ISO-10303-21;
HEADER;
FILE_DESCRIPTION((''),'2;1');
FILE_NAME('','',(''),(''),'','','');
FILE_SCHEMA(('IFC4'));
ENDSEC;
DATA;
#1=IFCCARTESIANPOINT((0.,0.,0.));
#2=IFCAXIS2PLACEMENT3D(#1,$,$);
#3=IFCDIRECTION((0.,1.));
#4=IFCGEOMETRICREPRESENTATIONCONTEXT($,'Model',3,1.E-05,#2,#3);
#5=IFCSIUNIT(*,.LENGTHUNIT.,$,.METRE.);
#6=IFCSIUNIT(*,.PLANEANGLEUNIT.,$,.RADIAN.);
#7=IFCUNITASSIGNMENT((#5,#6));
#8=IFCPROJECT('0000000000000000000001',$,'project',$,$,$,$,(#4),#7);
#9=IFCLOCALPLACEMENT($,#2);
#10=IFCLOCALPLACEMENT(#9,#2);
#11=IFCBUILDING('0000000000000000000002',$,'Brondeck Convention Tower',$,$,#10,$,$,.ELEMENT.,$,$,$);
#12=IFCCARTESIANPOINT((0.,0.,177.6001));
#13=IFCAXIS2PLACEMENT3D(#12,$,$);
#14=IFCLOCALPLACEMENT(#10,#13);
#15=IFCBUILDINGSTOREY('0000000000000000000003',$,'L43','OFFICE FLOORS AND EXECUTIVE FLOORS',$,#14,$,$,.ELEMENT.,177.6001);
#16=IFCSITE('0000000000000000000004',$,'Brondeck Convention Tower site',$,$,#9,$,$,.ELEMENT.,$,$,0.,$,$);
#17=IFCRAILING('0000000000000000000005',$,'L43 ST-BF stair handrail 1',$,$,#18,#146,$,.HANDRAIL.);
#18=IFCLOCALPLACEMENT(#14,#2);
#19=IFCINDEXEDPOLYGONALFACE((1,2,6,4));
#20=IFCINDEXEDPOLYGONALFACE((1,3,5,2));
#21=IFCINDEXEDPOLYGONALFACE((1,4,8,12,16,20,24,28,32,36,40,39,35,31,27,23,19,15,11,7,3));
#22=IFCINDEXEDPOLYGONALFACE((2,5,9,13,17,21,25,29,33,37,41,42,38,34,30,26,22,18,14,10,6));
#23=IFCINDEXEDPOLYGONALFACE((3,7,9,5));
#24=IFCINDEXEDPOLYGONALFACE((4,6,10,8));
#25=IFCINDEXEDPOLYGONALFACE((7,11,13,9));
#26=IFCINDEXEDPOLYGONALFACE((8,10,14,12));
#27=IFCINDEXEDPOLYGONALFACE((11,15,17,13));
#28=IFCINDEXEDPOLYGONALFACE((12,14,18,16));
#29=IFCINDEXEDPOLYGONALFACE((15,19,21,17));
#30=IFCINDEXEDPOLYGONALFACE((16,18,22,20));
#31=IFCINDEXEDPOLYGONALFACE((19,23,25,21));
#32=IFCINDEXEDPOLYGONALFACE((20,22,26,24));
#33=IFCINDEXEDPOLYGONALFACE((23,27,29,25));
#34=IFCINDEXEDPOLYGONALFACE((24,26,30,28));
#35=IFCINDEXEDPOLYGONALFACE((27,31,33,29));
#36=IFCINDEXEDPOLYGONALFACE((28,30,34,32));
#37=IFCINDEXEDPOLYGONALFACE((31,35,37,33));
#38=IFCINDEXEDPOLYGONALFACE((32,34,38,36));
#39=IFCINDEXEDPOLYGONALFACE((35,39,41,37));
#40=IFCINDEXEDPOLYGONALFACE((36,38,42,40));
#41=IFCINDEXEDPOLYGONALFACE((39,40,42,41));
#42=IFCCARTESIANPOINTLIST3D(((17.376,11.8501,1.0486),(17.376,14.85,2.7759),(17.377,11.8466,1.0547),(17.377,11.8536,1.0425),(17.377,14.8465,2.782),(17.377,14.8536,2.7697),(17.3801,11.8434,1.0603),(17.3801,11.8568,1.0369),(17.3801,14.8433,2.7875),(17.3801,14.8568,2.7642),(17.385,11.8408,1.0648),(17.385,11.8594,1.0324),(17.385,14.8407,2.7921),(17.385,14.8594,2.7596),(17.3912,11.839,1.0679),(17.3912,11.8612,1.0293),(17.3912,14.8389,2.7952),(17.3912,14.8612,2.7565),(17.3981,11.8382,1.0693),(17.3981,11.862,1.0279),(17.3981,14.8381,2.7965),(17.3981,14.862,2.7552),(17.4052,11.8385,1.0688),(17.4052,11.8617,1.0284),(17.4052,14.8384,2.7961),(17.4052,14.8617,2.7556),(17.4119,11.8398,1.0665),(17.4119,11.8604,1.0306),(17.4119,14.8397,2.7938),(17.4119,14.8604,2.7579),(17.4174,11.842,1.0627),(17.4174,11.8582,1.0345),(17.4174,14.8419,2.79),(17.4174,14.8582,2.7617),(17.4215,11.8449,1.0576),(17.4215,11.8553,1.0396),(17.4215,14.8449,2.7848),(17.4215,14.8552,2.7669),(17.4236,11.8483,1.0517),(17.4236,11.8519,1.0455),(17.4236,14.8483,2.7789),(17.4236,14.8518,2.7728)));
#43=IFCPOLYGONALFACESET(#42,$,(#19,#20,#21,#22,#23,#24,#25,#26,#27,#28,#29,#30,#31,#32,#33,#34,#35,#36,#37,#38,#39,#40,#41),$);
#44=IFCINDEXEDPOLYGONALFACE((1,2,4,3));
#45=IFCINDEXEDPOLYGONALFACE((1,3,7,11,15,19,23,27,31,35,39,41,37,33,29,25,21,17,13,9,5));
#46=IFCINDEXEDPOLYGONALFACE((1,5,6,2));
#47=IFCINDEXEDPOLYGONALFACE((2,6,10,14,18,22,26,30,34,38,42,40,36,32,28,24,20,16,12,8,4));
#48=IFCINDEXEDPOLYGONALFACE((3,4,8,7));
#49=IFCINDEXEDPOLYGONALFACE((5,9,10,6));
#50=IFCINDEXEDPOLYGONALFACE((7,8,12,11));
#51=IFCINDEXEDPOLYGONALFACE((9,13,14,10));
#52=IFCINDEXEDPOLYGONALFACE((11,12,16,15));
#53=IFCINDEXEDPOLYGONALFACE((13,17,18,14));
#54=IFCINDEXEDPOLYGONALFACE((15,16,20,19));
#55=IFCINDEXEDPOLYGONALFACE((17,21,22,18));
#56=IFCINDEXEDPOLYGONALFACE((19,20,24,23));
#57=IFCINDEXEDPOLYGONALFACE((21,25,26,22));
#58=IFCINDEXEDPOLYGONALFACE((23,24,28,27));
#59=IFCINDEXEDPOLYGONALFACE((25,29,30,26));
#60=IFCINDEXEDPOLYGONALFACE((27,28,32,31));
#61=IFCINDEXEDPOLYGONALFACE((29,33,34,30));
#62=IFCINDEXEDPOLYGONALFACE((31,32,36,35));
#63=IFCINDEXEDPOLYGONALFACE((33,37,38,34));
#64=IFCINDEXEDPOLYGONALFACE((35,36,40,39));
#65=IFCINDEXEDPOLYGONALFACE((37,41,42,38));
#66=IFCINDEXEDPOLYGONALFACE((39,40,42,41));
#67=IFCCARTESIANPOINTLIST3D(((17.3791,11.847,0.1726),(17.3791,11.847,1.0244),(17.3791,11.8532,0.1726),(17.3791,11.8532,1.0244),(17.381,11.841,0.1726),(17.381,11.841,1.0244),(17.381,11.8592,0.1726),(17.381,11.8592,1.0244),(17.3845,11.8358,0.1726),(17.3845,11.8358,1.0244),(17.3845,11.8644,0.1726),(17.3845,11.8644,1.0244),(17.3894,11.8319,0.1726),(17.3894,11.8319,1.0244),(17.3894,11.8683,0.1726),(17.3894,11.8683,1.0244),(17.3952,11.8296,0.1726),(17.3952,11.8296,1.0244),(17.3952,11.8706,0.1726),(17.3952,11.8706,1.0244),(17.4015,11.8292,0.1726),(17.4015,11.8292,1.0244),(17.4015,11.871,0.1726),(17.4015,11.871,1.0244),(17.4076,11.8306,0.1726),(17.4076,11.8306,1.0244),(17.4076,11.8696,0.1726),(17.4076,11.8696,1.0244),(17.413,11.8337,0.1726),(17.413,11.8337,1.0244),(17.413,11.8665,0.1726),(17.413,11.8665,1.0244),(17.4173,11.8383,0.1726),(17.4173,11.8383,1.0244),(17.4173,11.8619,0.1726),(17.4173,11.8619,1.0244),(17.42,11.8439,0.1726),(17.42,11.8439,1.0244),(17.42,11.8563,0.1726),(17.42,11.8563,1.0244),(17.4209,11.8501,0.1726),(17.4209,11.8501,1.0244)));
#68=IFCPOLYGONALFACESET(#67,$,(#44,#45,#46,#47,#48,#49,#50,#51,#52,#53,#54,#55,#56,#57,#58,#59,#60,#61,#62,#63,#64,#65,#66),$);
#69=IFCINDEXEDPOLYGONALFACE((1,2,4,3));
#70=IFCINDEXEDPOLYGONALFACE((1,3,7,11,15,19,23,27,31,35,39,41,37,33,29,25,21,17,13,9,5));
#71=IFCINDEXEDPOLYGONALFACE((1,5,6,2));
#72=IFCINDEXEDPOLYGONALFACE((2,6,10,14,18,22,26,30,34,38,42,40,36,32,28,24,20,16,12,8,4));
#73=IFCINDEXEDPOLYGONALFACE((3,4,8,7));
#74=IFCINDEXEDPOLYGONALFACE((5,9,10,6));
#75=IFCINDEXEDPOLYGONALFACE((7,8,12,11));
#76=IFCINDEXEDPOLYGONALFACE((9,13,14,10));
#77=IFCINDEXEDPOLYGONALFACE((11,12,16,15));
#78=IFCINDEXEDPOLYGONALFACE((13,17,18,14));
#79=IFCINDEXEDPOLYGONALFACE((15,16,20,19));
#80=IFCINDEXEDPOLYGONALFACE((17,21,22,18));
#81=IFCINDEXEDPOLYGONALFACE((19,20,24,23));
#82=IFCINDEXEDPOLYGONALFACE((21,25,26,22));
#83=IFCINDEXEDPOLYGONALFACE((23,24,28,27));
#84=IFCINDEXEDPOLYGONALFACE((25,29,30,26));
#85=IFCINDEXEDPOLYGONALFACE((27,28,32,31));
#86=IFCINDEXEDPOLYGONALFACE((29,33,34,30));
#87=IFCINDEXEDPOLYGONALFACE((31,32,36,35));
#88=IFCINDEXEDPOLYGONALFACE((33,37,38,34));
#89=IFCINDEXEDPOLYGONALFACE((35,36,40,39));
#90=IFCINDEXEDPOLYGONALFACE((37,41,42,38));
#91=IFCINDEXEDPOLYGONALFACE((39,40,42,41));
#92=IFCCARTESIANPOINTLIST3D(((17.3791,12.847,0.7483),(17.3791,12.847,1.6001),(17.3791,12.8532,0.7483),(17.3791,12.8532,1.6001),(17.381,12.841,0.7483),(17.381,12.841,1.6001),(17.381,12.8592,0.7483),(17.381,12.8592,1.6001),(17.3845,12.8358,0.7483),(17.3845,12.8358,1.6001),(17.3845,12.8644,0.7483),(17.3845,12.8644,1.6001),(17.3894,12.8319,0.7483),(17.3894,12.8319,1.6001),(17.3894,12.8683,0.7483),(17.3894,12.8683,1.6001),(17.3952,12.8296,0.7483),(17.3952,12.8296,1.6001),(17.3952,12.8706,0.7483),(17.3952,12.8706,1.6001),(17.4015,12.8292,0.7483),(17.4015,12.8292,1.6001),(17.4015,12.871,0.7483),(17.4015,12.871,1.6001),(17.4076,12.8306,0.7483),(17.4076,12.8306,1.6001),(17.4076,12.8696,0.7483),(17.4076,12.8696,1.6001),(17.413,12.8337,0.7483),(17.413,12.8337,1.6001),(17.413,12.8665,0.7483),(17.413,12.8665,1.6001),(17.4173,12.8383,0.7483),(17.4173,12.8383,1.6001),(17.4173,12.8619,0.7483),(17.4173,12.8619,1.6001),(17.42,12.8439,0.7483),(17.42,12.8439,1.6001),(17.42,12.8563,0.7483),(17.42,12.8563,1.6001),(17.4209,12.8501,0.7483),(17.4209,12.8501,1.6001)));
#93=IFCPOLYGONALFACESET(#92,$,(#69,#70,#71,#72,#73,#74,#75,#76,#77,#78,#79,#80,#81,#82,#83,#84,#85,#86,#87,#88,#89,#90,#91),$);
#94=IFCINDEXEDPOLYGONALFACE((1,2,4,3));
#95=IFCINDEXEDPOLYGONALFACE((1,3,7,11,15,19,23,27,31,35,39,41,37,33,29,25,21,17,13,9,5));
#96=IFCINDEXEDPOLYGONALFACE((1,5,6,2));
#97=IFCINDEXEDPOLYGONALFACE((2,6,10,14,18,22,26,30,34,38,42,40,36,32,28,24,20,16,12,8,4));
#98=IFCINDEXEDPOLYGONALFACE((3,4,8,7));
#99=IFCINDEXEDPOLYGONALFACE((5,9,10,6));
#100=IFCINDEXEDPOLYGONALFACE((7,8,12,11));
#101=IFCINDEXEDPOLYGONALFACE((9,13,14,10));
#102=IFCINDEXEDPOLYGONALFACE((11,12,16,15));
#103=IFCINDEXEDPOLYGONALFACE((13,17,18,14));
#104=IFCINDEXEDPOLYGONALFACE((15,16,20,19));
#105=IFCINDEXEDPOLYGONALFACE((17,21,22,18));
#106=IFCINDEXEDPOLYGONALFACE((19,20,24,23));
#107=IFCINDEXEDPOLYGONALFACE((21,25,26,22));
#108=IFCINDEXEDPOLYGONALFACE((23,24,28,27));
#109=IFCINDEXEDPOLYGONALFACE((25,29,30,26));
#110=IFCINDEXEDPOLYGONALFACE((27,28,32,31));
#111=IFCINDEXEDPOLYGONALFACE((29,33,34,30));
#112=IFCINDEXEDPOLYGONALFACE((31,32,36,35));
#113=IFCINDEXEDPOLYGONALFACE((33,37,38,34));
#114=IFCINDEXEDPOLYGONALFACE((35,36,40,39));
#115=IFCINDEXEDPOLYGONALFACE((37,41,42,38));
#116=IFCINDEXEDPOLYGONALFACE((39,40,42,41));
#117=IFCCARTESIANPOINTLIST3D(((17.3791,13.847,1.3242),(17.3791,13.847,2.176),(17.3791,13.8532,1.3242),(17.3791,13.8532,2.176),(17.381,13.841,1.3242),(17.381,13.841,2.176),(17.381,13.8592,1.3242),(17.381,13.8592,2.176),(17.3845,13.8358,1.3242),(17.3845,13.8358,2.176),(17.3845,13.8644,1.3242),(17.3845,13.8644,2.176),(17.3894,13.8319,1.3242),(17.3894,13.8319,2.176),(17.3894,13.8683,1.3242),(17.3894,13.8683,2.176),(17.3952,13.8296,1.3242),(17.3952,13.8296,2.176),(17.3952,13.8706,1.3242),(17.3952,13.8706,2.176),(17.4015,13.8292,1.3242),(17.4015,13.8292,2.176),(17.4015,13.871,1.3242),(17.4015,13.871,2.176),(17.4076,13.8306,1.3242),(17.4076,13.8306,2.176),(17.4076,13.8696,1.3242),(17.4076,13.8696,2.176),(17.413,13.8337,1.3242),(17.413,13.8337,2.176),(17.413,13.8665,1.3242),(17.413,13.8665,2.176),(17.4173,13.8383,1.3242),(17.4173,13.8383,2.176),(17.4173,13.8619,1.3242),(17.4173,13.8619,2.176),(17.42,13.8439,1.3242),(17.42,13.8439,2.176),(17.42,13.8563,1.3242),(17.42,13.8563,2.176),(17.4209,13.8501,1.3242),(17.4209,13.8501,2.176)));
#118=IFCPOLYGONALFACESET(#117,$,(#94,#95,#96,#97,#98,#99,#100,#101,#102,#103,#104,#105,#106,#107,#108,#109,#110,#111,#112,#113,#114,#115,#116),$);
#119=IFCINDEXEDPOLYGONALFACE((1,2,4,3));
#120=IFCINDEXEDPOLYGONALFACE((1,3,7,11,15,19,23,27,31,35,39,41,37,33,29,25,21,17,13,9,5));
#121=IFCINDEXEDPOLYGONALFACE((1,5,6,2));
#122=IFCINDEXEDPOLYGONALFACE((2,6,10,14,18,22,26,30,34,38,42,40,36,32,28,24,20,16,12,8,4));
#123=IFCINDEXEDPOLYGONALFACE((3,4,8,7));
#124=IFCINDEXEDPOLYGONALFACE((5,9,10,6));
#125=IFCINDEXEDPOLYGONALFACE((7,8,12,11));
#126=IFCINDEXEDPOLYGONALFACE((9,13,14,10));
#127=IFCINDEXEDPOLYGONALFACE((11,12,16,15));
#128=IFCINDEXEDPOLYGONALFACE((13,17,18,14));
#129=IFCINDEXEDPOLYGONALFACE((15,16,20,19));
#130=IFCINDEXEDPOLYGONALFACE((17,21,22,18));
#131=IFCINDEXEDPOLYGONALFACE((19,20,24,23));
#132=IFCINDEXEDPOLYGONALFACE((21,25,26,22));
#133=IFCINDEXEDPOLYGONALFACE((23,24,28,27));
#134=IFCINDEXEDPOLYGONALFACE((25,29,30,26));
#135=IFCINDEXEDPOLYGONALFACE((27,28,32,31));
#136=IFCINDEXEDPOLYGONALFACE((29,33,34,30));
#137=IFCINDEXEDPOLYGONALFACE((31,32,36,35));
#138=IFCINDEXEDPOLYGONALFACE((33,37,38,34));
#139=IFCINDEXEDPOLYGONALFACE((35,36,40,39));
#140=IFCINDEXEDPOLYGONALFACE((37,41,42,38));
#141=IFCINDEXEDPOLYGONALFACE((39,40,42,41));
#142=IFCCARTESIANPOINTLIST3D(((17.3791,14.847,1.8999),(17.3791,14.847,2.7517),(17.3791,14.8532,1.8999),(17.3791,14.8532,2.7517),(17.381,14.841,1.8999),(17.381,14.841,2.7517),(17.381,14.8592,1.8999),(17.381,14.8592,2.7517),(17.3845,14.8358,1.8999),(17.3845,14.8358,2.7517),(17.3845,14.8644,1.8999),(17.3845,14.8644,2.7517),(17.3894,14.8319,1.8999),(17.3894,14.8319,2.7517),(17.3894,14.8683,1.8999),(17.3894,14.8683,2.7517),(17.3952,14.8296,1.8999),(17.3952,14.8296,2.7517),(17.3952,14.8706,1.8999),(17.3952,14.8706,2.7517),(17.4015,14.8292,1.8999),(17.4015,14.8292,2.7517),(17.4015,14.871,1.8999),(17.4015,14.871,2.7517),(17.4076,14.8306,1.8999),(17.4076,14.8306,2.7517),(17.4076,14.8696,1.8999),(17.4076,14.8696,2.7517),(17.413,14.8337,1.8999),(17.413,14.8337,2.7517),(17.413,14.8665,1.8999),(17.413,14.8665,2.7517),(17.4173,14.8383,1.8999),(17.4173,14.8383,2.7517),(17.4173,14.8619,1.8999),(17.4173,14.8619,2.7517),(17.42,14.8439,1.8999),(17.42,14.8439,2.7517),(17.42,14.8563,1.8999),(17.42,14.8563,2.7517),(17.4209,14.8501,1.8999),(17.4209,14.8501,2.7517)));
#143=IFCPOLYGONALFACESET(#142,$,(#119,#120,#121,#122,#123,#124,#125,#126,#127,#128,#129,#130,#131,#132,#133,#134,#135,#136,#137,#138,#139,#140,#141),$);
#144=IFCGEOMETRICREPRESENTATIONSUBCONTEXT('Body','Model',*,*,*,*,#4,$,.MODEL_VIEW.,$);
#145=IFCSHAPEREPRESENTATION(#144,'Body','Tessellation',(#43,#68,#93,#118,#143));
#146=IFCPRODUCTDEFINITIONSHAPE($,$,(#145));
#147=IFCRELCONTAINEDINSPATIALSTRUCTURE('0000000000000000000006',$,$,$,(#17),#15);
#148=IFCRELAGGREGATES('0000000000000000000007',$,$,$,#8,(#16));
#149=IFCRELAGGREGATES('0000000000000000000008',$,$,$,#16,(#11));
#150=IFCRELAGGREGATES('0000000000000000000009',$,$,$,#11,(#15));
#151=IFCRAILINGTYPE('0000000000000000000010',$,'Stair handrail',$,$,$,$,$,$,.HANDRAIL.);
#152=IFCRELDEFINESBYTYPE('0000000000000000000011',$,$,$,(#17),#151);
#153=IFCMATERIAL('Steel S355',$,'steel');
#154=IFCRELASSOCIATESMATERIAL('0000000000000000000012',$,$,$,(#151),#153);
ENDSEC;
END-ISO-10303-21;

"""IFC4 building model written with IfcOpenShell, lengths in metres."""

from ifc_helpers import new_model, si_unit, direction, frame, origin, origin_2d, place, context, subcontext, project, spatial, circle, extrude, material, type_object, element, save


model = new_model("IFC4")

# Units and contexts
model_context = context("Model", 3, precision=1e-05, world=origin(), true_north=direction((0.0, 1.0)))
body_context = subcontext(model_context, "Body", "Model", "MODEL_VIEW")
ifc_project = project(units=[si_unit("LENGTHUNIT", "METRE"), si_unit("PLANEANGLEUNIT", "RADIAN")], contexts=[model_context])

# Site, building, storey
site_placement = place(None, origin())
site = spatial("IfcSite", under=ifc_project, at=site_placement, Name="Brondeck Convention Tower site", CompositionType="ELEMENT", RefElevation=0.0)
building_placement = place(site_placement, origin())
building = spatial("IfcBuilding", under=site, at=building_placement, Name="Brondeck Convention Tower", CompositionType="ELEMENT")
storey_placement = place(building_placement, frame((0.0, 0.0, 177.6001)))
storey = spatial("IfcBuildingStorey", under=building, at=storey_placement, Name="L43", Description="OFFICE FLOORS AND EXECUTIVE FLOORS", CompositionType="ELEMENT", Elevation=177.6001)

# Shared definitions
ifc_material_1 = material(Name="Steel S355", Category="steel")

# Railing
railing_type_1 = type_object("IfcRailingType", Name="Stair handrail", PredefinedType="HANDRAIL", material=ifc_material_1)
railing_1_placement = place(storey_placement, frame((17.3999, 11.8501, 0.1726)))
element("IfcRailing", 1, at=railing_1_placement, inside=storey, type_object=railing_type_1, Name="L43 ST-BF stair handrail 1", PredefinedType="HANDRAIL", context=body_context, shape_type="SweptSolid", body=[
    extrude(circle(Radius=0.0239, at=origin_2d()), frame((0.0, 0.0, 0.876), z_axis=(0.0, 0.86662, 0.498969), x_axis=(-1.0, 0.0, 0.0)), (0.0, 0.0, 1.0), 3.4617),
    extrude(circle(Radius=0.021, at=origin_2d()), origin(), (0.0, 0.0, 1.0), 0.8518),
    extrude(circle(Radius=0.021, at=origin_2d()), frame((0.0, 1.0, 0.5757)), (0.0, 0.0, 1.0), 0.8518),
    extrude(circle(Radius=0.021, at=origin_2d()), frame((0.0, 2.0, 1.1516)), (0.0, 0.0, 1.0), 0.8518),
    extrude(circle(Radius=0.021, at=origin_2d()), frame((0.0, 3.0, 1.7273)), (0.0, 0.0, 1.0), 0.8518),
])

save(model, "model.ifc")
